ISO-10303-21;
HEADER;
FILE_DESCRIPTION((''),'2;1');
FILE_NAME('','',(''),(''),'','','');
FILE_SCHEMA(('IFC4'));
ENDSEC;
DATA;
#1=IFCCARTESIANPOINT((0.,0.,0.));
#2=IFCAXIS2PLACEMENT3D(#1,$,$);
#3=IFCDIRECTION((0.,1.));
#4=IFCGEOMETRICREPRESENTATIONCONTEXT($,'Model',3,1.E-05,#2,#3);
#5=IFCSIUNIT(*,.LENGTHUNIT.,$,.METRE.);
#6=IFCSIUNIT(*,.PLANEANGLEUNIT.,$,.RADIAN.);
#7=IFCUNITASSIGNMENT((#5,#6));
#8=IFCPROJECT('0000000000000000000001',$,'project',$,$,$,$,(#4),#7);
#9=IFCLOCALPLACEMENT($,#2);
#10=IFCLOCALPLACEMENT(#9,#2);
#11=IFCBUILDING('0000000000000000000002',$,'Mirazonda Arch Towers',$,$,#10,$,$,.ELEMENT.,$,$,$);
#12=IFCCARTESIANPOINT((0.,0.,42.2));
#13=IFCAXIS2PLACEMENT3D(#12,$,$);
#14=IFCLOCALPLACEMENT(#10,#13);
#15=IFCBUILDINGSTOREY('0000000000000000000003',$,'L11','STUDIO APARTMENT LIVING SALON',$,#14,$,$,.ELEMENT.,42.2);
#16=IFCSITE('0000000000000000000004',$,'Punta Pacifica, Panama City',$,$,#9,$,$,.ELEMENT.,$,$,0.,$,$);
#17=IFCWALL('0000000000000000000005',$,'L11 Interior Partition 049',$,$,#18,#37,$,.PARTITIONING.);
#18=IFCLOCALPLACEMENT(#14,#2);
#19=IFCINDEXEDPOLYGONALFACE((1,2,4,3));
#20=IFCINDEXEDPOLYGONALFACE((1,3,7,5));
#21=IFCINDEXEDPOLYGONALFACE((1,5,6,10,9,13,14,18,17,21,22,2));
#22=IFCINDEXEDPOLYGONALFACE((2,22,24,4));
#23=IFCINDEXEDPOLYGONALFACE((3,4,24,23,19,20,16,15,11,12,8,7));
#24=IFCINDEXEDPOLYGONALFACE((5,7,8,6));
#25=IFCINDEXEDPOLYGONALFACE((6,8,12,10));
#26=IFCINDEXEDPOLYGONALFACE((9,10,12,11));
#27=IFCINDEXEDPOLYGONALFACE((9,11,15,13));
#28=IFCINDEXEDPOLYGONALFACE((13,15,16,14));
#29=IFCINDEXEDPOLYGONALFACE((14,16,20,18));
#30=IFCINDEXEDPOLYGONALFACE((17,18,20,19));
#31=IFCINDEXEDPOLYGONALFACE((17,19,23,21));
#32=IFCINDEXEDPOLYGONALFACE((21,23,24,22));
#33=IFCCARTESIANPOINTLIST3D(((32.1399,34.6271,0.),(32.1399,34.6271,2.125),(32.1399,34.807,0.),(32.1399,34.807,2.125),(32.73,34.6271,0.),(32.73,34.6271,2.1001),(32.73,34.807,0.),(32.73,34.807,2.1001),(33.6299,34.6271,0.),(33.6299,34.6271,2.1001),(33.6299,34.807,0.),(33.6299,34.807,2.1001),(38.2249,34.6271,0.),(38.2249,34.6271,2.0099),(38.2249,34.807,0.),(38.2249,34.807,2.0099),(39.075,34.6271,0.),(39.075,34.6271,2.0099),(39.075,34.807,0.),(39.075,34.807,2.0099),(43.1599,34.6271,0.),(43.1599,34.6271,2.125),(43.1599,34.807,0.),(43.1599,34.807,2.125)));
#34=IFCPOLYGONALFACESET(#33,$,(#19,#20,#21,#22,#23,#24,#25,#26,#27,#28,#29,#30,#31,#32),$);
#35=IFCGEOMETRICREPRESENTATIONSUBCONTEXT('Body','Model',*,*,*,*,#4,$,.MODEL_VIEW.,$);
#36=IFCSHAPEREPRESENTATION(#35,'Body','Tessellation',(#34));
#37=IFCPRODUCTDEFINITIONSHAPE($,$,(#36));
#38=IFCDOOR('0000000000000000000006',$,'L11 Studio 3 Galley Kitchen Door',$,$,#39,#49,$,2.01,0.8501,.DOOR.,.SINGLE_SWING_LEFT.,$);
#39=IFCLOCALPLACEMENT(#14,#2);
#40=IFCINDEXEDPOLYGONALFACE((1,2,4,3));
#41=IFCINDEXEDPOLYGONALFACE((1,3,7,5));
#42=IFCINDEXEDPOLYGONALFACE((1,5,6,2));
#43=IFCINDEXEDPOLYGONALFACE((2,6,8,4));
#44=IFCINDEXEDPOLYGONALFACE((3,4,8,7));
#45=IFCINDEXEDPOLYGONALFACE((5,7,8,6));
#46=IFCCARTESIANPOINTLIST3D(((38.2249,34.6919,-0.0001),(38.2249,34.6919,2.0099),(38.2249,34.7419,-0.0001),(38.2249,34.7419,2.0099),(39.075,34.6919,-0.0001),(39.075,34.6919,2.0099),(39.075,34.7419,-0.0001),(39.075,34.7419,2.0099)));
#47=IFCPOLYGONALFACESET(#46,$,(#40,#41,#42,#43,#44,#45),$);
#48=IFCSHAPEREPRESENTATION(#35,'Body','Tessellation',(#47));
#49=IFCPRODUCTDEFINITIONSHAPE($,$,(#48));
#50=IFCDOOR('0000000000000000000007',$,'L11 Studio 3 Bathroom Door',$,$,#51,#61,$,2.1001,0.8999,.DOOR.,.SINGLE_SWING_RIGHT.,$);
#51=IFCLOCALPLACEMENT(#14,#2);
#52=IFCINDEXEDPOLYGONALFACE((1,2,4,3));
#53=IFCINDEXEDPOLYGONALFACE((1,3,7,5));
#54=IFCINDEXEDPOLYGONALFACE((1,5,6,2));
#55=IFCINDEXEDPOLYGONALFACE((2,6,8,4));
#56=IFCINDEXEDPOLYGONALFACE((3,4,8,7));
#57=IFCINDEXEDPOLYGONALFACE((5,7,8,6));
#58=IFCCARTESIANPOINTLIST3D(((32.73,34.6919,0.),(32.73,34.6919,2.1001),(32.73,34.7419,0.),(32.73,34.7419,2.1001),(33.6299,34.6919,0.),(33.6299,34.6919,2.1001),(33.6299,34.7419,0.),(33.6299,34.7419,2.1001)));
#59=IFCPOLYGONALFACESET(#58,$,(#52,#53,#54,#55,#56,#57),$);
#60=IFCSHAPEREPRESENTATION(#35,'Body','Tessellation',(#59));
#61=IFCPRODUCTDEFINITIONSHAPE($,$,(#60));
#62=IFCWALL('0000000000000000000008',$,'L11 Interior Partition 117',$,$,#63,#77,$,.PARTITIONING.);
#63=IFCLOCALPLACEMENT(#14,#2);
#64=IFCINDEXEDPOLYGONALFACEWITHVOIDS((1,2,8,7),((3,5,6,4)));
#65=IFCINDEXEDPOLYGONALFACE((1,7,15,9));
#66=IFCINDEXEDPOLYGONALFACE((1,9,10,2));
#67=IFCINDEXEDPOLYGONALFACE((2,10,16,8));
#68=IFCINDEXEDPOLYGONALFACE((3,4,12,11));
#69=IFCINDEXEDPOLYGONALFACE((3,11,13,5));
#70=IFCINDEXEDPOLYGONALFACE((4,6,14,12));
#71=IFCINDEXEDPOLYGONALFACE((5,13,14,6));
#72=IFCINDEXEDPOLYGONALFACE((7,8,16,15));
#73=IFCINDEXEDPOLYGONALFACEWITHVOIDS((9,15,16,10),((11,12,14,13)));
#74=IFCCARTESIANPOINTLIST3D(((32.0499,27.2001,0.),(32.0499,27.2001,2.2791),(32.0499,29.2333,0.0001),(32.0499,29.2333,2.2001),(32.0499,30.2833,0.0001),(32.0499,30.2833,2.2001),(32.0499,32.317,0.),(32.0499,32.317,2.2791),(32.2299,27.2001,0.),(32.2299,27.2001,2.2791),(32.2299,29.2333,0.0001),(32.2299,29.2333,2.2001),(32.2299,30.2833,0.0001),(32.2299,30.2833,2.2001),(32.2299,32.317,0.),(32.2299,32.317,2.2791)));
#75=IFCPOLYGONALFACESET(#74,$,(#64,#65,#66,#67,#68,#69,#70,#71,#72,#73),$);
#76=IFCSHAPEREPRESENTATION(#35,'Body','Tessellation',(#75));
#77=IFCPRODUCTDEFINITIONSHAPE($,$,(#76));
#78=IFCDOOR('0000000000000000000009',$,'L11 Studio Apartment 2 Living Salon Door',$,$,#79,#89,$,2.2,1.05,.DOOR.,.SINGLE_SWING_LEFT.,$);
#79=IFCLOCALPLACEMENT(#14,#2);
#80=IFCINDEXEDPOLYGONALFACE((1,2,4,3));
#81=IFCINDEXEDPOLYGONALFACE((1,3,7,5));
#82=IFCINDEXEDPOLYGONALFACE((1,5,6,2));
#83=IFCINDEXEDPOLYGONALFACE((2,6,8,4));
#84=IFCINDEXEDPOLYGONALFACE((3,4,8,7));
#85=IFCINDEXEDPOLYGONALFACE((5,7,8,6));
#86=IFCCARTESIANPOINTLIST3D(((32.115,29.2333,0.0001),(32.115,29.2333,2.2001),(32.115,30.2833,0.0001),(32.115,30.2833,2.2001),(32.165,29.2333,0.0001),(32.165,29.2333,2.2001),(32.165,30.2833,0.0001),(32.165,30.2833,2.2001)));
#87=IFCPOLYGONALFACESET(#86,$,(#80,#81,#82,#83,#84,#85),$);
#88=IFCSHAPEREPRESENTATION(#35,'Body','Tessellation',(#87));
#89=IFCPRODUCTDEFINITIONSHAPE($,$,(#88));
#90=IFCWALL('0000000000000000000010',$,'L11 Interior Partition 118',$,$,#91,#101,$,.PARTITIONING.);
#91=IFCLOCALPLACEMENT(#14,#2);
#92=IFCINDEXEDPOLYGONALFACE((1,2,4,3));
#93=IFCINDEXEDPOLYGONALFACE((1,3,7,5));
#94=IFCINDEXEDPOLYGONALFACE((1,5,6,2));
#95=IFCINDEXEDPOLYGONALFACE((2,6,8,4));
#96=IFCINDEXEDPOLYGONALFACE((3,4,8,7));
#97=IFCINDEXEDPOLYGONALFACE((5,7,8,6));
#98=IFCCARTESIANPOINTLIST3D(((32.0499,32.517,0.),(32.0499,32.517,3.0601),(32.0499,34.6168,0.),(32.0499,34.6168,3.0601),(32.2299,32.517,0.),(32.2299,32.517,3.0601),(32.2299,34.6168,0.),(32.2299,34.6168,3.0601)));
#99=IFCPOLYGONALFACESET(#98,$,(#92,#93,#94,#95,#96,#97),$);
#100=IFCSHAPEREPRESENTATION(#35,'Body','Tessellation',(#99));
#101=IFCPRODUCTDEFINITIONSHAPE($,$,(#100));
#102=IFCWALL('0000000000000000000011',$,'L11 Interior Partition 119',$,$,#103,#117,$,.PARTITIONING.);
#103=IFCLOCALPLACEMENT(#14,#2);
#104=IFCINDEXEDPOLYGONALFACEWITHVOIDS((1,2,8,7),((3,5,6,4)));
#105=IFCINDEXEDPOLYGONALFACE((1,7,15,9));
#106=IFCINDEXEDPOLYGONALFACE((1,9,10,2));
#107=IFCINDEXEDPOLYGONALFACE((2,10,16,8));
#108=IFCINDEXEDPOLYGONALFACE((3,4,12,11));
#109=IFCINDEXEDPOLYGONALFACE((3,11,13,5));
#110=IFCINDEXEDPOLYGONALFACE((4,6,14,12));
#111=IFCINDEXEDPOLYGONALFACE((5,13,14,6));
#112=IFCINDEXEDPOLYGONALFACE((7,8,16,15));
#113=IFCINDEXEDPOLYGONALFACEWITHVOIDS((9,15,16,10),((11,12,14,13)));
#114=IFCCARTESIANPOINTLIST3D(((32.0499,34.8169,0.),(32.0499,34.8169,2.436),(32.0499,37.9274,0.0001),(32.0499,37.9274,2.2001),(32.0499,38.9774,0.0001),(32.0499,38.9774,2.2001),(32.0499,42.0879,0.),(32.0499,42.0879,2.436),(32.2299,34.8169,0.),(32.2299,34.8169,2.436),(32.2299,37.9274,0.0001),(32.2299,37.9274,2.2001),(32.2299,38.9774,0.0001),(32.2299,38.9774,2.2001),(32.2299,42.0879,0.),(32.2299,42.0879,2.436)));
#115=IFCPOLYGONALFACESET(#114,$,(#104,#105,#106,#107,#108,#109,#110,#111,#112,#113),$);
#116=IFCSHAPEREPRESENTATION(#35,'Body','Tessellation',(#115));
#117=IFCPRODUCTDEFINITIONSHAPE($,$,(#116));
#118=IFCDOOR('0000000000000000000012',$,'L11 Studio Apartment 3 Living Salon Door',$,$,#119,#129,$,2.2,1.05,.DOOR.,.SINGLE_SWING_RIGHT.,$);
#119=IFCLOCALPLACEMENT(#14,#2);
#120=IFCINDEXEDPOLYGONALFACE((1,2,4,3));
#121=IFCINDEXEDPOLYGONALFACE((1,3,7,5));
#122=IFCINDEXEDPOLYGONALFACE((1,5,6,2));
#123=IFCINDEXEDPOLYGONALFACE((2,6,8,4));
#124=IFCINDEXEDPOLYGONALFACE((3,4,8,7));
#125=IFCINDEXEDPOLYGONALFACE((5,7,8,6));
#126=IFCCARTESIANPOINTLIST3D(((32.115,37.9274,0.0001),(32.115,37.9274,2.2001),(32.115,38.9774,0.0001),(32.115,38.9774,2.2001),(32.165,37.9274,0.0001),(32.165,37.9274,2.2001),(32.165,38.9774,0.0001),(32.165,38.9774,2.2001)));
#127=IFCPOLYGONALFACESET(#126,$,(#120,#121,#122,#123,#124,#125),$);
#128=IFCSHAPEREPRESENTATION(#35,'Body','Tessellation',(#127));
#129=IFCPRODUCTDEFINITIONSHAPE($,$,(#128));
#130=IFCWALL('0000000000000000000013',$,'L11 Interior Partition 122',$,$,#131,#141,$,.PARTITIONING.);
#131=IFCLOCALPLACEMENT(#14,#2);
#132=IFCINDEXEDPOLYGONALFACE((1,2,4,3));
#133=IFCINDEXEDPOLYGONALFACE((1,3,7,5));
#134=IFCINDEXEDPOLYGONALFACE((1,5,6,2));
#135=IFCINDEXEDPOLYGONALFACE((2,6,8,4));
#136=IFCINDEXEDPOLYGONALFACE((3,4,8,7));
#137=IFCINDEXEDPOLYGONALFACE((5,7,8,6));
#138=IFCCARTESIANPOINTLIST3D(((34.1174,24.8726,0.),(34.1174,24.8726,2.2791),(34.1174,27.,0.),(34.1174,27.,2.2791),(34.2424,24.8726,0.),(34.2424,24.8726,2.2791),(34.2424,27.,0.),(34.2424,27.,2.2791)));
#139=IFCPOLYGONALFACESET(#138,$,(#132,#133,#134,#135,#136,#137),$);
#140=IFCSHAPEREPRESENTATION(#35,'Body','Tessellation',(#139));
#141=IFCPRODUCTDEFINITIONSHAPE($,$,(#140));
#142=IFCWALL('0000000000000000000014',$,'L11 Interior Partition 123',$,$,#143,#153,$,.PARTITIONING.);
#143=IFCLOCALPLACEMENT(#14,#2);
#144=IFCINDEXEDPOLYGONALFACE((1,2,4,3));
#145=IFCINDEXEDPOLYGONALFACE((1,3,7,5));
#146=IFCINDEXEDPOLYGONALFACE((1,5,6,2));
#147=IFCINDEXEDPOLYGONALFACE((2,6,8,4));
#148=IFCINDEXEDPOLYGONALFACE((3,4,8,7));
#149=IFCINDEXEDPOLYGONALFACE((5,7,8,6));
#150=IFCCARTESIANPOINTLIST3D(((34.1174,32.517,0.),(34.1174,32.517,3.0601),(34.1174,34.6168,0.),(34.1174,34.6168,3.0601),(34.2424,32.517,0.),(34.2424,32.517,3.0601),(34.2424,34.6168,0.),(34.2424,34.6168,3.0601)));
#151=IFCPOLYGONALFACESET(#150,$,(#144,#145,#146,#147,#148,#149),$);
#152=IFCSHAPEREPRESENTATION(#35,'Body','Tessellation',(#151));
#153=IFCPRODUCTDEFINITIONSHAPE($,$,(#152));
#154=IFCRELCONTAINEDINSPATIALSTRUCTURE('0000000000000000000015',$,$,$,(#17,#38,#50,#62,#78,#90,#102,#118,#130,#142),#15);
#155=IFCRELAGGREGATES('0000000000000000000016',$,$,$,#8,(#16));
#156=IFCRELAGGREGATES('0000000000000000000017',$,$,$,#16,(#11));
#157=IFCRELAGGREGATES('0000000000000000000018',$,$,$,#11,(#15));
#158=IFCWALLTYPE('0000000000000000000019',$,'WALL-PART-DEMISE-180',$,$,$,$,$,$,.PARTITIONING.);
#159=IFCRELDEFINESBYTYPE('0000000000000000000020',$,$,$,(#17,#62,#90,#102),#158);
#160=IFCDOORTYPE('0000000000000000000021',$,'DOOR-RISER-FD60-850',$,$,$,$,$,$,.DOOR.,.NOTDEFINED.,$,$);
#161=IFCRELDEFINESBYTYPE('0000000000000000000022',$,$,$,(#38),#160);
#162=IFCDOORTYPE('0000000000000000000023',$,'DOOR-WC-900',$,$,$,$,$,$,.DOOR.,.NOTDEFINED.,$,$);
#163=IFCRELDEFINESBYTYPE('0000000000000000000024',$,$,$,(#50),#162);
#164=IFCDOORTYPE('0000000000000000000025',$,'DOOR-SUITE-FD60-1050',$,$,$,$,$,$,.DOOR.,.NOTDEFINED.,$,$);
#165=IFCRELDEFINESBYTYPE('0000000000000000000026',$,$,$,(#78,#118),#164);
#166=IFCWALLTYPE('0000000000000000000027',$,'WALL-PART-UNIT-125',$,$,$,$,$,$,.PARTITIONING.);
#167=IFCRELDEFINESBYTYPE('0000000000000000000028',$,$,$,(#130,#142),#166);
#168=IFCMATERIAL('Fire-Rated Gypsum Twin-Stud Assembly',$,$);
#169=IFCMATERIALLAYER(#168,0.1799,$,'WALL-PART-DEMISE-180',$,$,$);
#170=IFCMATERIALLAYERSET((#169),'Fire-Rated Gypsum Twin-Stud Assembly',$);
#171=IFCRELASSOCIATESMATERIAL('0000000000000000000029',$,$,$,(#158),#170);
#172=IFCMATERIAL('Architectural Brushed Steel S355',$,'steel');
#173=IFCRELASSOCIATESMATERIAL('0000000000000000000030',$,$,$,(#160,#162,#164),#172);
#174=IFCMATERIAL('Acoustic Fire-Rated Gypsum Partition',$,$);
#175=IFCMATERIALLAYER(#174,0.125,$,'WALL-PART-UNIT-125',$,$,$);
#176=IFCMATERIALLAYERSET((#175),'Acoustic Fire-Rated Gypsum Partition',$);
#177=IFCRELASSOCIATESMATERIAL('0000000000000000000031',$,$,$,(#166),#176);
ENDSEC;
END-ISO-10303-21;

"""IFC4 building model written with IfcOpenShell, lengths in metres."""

from ifc_helpers import new_model, si_unit, direction, frame, frame_2d, origin, place, context, subcontext, project, spatial, rectangle, extrude, material, layer, layer_set, type_object, element, fill, save


model = new_model("IFC4")

# Units and contexts
model_context = context("Model", 3, precision=1e-05, world=origin(), true_north=direction((0.0, 1.0)))
body_context = subcontext(model_context, "Body", "Model", "MODEL_VIEW")
ifc_project = project(units=[si_unit("LENGTHUNIT", "METRE"), si_unit("PLANEANGLEUNIT", "RADIAN")], contexts=[model_context])

# Site, building, storey
site_placement = place(None, origin())
site = spatial("IfcSite", under=ifc_project, at=site_placement, Name="Punta Pacifica, Panama City", CompositionType="ELEMENT", RefElevation=0.0)
building_placement = place(site_placement, origin())
building = spatial("IfcBuilding", under=site, at=building_placement, Name="Mirazonda Arch Towers", CompositionType="ELEMENT")
storey_placement = place(building_placement, frame((0.0, 0.0, 42.2)))
storey = spatial("IfcBuildingStorey", under=building, at=storey_placement, Name="L11", Description="STUDIO APARTMENT LIVING SALON", CompositionType="ELEMENT", Elevation=42.2)

# Shared definitions
ifc_material_1 = material(Name="Fire-Rated Gypsum Twin-Stud Assembly")
ifc_layer_1 = layer(ifc_material_1, 0.1799, Name="WALL-PART-DEMISE-180")
ifc_layer_set_1 = layer_set([ifc_layer_1], Name="Fire-Rated Gypsum Twin-Stud Assembly")
wall_type_1 = type_object("IfcWallType", Name="WALL-PART-DEMISE-180", PredefinedType="PARTITIONING", material=ifc_layer_set_1)
ifc_material_2 = material(Name="Architectural Brushed Steel S355", Category="steel")
door_type_1 = type_object("IfcDoorType", Name="DOOR-RISER-FD60-850", OperationType="NOTDEFINED", PredefinedType="DOOR", material=ifc_material_2)
door_type_2 = type_object("IfcDoorType", Name="DOOR-WC-900", OperationType="NOTDEFINED", PredefinedType="DOOR", material=ifc_material_2)

# Wall, openings, doors
wall_1_placement = place(storey_placement, frame((32.1399, 34.717, 0.0), z_axis=(0.0, 0.0, 1.0), x_axis=(1.0, 0.0, 0.0)))
wall_1 = element("IfcWall", 1, at=wall_1_placement, inside=storey, type_object=wall_type_1, Name="L11 Interior Partition 049", PredefinedType="PARTITIONING", context=body_context, shape_type="SweptSolid", body=[
    extrude(rectangle(XDim=11.02, YDim=0.1799, at=frame_2d((5.51, 0.0))), origin(), (0.0, 0.0, 1.0), 2.125),
])
opening_1_placement = place(wall_1_placement, frame((6.085, 0.0, 0.0)))
opening_1 = element("IfcOpeningElement", 2, at=opening_1_placement, cuts=wall_1, PredefinedType="OPENING", context=body_context, shape_type="SweptSolid", body=[
    extrude(rectangle(XDim=0.8501, YDim=2.01, at=frame_2d((0.425, 1.0049))), frame((0.0, 0.0999, 0.0), z_axis=(0.0, -1.0, 0.0), x_axis=(1.0, 0.0, 0.0)), (0.0, 0.0, 1.0), 0.2),
])
opening_2_placement = place(wall_1_placement, frame((0.5901, 0.0, 0.0)))
opening_2 = element("IfcOpeningElement", 3, at=opening_2_placement, cuts=wall_1, PredefinedType="OPENING", context=body_context, shape_type="SweptSolid", body=[
    extrude(rectangle(XDim=0.8999, YDim=2.1001, at=frame_2d((0.45, 1.05))), frame((0.0, 0.0999, 0.0), z_axis=(0.0, -1.0, 0.0), x_axis=(1.0, 0.0, 0.0)), (0.0, 0.0, 1.0), 0.2),
])
door_1_placement = place(opening_1_placement, origin())
door_1 = element("IfcDoor", 4, at=door_1_placement, inside=storey, type_object=door_type_1, Name="L11 Studio 3 Galley Kitchen Door", OperationType="SINGLE_SWING_LEFT", OverallHeight=2.01, OverallWidth=0.8501, PredefinedType="DOOR", context=body_context, shape_type="SweptSolid", body=[
    extrude(rectangle(XDim=0.8501, YDim=2.01, at=frame_2d((0.425, 1.0049))), frame((0.0, 0.0249, 0.0), z_axis=(0.0, -1.0, 0.0), x_axis=(1.0, 0.0, 0.0)), (0.0, 0.0, 1.0), 0.05),
])
fill(opening_1, door_1)
door_2_placement = place(opening_2_placement, origin())
door_2 = element("IfcDoor", 5, at=door_2_placement, inside=storey, type_object=door_type_2, Name="L11 Studio 3 Bathroom Door", OperationType="SINGLE_SWING_RIGHT", OverallHeight=2.1001, OverallWidth=0.8999, PredefinedType="DOOR", context=body_context, shape_type="SweptSolid", body=[
    extrude(rectangle(XDim=0.8999, YDim=2.1001, at=frame_2d((0.45, 1.05))), frame((0.0, 0.0249, 0.0), z_axis=(0.0, -1.0, 0.0), x_axis=(1.0, 0.0, 0.0)), (0.0, 0.0, 1.0), 0.05),
])
fill(opening_2, door_2)

# Wall, opening, door
wall_2_placement = place(storey_placement, frame((32.1399, 27.2, 0.0), z_axis=(0.0, 0.0, 1.0), x_axis=(0.0, 1.0, 0.0)))
wall_2 = element("IfcWall", 6, at=wall_2_placement, inside=storey, type_object=wall_type_1, Name="L11 Interior Partition 117", PredefinedType="PARTITIONING", context=body_context, shape_type="SweptSolid", body=[
    extrude(rectangle(XDim=5.1169, YDim=0.1799, at=frame_2d((2.5586, 0.0))), origin(), (0.0, 0.0, 1.0), 2.2791),
])
opening_3_placement = place(wall_2_placement, frame((2.0334, 0.0, 0.0)))
opening_3 = element("IfcOpeningElement", 7, at=opening_3_placement, cuts=wall_2, PredefinedType="OPENING", context=body_context, shape_type="SweptSolid", body=[
    extrude(rectangle(XDim=1.05, YDim=2.2, at=frame_2d((0.5249, 1.1001))), frame((0.0, 0.0999, 0.0), z_axis=(0.0, -1.0, 0.0), x_axis=(1.0, 0.0, 0.0)), (0.0, 0.0, 1.0), 0.2),
])
door_type_3 = type_object("IfcDoorType", Name="DOOR-SUITE-FD60-1050", OperationType="NOTDEFINED", PredefinedType="DOOR", material=ifc_material_2)
door_3_placement = place(opening_3_placement, origin())
door_3 = element("IfcDoor", 8, at=door_3_placement, inside=storey, type_object=door_type_3, Name="L11 Studio Apartment 2 Living Salon Door", OperationType="SINGLE_SWING_LEFT", OverallHeight=2.2, OverallWidth=1.05, PredefinedType="DOOR", context=body_context, shape_type="SweptSolid", body=[
    extrude(rectangle(XDim=1.05, YDim=2.2, at=frame_2d((0.5249, 1.1001))), frame((0.0, 0.0249, 0.0), z_axis=(0.0, -1.0, 0.0), x_axis=(1.0, 0.0, 0.0)), (0.0, 0.0, 1.0), 0.05),
])
fill(opening_3, door_3)

# Wall
wall_3_placement = place(storey_placement, frame((32.1399, 32.5171, 0.0), z_axis=(0.0, 0.0, 1.0), x_axis=(0.0, 1.0, 0.0)))
element("IfcWall", 9, at=wall_3_placement, inside=storey, type_object=wall_type_1, Name="L11 Interior Partition 118", PredefinedType="PARTITIONING", context=body_context, shape_type="SweptSolid", body=[
    extrude(rectangle(XDim=2.0999, YDim=0.1799, at=frame_2d((1.0498, 0.0))), origin(), (0.0, 0.0, 1.0), 3.0601),
])

# Wall, opening, door
wall_4_placement = place(storey_placement, frame((32.1399, 34.8169, 0.0), z_axis=(0.0, 0.0, 1.0), x_axis=(0.0, 1.0, 0.0)))
wall_4 = element("IfcWall", 10, at=wall_4_placement, inside=storey, type_object=wall_type_1, Name="L11 Interior Partition 119", PredefinedType="PARTITIONING", context=body_context, shape_type="SweptSolid", body=[
    extrude(rectangle(XDim=7.271, YDim=0.1799, at=frame_2d((3.6355, 0.0))), origin(), (0.0, 0.0, 1.0), 2.436),
])
opening_4_placement = place(wall_4_placement, frame((3.1106, 0.0, 0.0)))
opening_4 = element("IfcOpeningElement", 11, at=opening_4_placement, cuts=wall_4, PredefinedType="OPENING", context=body_context, shape_type="SweptSolid", body=[
    extrude(rectangle(XDim=1.05, YDim=2.2, at=frame_2d((0.5249, 1.1001))), frame((0.0, 0.0999, 0.0), z_axis=(0.0, -1.0, 0.0), x_axis=(1.0, 0.0, 0.0)), (0.0, 0.0, 1.0), 0.2),
])
door_4_placement = place(opening_4_placement, origin())
door_4 = element("IfcDoor", 12, at=door_4_placement, inside=storey, type_object=door_type_3, Name="L11 Studio Apartment 3 Living Salon Door", OperationType="SINGLE_SWING_RIGHT", OverallHeight=2.2, OverallWidth=1.05, PredefinedType="DOOR", context=body_context, shape_type="SweptSolid", body=[
    extrude(rectangle(XDim=1.05, YDim=2.2, at=frame_2d((0.5249, 1.1001))), frame((0.0, 0.0249, 0.0), z_axis=(0.0, -1.0, 0.0), x_axis=(1.0, 0.0, 0.0)), (0.0, 0.0, 1.0), 0.05),
])
fill(opening_4, door_4)

# Walls
ifc_material_3 = material(Name="Acoustic Fire-Rated Gypsum Partition")
ifc_layer_2 = layer(ifc_material_3, 0.125, Name="WALL-PART-UNIT-125")
ifc_layer_set_2 = layer_set([ifc_layer_2], Name="Acoustic Fire-Rated Gypsum Partition")
wall_type_2 = type_object("IfcWallType", Name="WALL-PART-UNIT-125", PredefinedType="PARTITIONING", material=ifc_layer_set_2)
wall_5_placement = place(storey_placement, frame((34.1799, 24.8726, 0.0), z_axis=(0.0, 0.0, 1.0), x_axis=(0.0, 1.0, 0.0)))
element("IfcWall", 13, at=wall_5_placement, inside=storey, type_object=wall_type_2, Name="L11 Interior Partition 122", PredefinedType="PARTITIONING", context=body_context, shape_type="SweptSolid", body=[
    extrude(rectangle(XDim=2.1274, YDim=0.125, at=frame_2d((1.0637, 0.0))), origin(), (0.0, 0.0, 1.0), 2.2791),
])
wall_6_placement = place(storey_placement, frame((34.1799, 32.5171, 0.0), z_axis=(0.0, 0.0, 1.0), x_axis=(0.0, 1.0, 0.0)))
element("IfcWall", 14, at=wall_6_placement, inside=storey, type_object=wall_type_2, Name="L11 Interior Partition 123", PredefinedType="PARTITIONING", context=body_context, shape_type="SweptSolid", body=[
    extrude(rectangle(XDim=2.0999, YDim=0.125, at=frame_2d((1.0498, 0.0))), origin(), (0.0, 0.0, 1.0), 3.0601),
])

save(model, "model.ifc")
